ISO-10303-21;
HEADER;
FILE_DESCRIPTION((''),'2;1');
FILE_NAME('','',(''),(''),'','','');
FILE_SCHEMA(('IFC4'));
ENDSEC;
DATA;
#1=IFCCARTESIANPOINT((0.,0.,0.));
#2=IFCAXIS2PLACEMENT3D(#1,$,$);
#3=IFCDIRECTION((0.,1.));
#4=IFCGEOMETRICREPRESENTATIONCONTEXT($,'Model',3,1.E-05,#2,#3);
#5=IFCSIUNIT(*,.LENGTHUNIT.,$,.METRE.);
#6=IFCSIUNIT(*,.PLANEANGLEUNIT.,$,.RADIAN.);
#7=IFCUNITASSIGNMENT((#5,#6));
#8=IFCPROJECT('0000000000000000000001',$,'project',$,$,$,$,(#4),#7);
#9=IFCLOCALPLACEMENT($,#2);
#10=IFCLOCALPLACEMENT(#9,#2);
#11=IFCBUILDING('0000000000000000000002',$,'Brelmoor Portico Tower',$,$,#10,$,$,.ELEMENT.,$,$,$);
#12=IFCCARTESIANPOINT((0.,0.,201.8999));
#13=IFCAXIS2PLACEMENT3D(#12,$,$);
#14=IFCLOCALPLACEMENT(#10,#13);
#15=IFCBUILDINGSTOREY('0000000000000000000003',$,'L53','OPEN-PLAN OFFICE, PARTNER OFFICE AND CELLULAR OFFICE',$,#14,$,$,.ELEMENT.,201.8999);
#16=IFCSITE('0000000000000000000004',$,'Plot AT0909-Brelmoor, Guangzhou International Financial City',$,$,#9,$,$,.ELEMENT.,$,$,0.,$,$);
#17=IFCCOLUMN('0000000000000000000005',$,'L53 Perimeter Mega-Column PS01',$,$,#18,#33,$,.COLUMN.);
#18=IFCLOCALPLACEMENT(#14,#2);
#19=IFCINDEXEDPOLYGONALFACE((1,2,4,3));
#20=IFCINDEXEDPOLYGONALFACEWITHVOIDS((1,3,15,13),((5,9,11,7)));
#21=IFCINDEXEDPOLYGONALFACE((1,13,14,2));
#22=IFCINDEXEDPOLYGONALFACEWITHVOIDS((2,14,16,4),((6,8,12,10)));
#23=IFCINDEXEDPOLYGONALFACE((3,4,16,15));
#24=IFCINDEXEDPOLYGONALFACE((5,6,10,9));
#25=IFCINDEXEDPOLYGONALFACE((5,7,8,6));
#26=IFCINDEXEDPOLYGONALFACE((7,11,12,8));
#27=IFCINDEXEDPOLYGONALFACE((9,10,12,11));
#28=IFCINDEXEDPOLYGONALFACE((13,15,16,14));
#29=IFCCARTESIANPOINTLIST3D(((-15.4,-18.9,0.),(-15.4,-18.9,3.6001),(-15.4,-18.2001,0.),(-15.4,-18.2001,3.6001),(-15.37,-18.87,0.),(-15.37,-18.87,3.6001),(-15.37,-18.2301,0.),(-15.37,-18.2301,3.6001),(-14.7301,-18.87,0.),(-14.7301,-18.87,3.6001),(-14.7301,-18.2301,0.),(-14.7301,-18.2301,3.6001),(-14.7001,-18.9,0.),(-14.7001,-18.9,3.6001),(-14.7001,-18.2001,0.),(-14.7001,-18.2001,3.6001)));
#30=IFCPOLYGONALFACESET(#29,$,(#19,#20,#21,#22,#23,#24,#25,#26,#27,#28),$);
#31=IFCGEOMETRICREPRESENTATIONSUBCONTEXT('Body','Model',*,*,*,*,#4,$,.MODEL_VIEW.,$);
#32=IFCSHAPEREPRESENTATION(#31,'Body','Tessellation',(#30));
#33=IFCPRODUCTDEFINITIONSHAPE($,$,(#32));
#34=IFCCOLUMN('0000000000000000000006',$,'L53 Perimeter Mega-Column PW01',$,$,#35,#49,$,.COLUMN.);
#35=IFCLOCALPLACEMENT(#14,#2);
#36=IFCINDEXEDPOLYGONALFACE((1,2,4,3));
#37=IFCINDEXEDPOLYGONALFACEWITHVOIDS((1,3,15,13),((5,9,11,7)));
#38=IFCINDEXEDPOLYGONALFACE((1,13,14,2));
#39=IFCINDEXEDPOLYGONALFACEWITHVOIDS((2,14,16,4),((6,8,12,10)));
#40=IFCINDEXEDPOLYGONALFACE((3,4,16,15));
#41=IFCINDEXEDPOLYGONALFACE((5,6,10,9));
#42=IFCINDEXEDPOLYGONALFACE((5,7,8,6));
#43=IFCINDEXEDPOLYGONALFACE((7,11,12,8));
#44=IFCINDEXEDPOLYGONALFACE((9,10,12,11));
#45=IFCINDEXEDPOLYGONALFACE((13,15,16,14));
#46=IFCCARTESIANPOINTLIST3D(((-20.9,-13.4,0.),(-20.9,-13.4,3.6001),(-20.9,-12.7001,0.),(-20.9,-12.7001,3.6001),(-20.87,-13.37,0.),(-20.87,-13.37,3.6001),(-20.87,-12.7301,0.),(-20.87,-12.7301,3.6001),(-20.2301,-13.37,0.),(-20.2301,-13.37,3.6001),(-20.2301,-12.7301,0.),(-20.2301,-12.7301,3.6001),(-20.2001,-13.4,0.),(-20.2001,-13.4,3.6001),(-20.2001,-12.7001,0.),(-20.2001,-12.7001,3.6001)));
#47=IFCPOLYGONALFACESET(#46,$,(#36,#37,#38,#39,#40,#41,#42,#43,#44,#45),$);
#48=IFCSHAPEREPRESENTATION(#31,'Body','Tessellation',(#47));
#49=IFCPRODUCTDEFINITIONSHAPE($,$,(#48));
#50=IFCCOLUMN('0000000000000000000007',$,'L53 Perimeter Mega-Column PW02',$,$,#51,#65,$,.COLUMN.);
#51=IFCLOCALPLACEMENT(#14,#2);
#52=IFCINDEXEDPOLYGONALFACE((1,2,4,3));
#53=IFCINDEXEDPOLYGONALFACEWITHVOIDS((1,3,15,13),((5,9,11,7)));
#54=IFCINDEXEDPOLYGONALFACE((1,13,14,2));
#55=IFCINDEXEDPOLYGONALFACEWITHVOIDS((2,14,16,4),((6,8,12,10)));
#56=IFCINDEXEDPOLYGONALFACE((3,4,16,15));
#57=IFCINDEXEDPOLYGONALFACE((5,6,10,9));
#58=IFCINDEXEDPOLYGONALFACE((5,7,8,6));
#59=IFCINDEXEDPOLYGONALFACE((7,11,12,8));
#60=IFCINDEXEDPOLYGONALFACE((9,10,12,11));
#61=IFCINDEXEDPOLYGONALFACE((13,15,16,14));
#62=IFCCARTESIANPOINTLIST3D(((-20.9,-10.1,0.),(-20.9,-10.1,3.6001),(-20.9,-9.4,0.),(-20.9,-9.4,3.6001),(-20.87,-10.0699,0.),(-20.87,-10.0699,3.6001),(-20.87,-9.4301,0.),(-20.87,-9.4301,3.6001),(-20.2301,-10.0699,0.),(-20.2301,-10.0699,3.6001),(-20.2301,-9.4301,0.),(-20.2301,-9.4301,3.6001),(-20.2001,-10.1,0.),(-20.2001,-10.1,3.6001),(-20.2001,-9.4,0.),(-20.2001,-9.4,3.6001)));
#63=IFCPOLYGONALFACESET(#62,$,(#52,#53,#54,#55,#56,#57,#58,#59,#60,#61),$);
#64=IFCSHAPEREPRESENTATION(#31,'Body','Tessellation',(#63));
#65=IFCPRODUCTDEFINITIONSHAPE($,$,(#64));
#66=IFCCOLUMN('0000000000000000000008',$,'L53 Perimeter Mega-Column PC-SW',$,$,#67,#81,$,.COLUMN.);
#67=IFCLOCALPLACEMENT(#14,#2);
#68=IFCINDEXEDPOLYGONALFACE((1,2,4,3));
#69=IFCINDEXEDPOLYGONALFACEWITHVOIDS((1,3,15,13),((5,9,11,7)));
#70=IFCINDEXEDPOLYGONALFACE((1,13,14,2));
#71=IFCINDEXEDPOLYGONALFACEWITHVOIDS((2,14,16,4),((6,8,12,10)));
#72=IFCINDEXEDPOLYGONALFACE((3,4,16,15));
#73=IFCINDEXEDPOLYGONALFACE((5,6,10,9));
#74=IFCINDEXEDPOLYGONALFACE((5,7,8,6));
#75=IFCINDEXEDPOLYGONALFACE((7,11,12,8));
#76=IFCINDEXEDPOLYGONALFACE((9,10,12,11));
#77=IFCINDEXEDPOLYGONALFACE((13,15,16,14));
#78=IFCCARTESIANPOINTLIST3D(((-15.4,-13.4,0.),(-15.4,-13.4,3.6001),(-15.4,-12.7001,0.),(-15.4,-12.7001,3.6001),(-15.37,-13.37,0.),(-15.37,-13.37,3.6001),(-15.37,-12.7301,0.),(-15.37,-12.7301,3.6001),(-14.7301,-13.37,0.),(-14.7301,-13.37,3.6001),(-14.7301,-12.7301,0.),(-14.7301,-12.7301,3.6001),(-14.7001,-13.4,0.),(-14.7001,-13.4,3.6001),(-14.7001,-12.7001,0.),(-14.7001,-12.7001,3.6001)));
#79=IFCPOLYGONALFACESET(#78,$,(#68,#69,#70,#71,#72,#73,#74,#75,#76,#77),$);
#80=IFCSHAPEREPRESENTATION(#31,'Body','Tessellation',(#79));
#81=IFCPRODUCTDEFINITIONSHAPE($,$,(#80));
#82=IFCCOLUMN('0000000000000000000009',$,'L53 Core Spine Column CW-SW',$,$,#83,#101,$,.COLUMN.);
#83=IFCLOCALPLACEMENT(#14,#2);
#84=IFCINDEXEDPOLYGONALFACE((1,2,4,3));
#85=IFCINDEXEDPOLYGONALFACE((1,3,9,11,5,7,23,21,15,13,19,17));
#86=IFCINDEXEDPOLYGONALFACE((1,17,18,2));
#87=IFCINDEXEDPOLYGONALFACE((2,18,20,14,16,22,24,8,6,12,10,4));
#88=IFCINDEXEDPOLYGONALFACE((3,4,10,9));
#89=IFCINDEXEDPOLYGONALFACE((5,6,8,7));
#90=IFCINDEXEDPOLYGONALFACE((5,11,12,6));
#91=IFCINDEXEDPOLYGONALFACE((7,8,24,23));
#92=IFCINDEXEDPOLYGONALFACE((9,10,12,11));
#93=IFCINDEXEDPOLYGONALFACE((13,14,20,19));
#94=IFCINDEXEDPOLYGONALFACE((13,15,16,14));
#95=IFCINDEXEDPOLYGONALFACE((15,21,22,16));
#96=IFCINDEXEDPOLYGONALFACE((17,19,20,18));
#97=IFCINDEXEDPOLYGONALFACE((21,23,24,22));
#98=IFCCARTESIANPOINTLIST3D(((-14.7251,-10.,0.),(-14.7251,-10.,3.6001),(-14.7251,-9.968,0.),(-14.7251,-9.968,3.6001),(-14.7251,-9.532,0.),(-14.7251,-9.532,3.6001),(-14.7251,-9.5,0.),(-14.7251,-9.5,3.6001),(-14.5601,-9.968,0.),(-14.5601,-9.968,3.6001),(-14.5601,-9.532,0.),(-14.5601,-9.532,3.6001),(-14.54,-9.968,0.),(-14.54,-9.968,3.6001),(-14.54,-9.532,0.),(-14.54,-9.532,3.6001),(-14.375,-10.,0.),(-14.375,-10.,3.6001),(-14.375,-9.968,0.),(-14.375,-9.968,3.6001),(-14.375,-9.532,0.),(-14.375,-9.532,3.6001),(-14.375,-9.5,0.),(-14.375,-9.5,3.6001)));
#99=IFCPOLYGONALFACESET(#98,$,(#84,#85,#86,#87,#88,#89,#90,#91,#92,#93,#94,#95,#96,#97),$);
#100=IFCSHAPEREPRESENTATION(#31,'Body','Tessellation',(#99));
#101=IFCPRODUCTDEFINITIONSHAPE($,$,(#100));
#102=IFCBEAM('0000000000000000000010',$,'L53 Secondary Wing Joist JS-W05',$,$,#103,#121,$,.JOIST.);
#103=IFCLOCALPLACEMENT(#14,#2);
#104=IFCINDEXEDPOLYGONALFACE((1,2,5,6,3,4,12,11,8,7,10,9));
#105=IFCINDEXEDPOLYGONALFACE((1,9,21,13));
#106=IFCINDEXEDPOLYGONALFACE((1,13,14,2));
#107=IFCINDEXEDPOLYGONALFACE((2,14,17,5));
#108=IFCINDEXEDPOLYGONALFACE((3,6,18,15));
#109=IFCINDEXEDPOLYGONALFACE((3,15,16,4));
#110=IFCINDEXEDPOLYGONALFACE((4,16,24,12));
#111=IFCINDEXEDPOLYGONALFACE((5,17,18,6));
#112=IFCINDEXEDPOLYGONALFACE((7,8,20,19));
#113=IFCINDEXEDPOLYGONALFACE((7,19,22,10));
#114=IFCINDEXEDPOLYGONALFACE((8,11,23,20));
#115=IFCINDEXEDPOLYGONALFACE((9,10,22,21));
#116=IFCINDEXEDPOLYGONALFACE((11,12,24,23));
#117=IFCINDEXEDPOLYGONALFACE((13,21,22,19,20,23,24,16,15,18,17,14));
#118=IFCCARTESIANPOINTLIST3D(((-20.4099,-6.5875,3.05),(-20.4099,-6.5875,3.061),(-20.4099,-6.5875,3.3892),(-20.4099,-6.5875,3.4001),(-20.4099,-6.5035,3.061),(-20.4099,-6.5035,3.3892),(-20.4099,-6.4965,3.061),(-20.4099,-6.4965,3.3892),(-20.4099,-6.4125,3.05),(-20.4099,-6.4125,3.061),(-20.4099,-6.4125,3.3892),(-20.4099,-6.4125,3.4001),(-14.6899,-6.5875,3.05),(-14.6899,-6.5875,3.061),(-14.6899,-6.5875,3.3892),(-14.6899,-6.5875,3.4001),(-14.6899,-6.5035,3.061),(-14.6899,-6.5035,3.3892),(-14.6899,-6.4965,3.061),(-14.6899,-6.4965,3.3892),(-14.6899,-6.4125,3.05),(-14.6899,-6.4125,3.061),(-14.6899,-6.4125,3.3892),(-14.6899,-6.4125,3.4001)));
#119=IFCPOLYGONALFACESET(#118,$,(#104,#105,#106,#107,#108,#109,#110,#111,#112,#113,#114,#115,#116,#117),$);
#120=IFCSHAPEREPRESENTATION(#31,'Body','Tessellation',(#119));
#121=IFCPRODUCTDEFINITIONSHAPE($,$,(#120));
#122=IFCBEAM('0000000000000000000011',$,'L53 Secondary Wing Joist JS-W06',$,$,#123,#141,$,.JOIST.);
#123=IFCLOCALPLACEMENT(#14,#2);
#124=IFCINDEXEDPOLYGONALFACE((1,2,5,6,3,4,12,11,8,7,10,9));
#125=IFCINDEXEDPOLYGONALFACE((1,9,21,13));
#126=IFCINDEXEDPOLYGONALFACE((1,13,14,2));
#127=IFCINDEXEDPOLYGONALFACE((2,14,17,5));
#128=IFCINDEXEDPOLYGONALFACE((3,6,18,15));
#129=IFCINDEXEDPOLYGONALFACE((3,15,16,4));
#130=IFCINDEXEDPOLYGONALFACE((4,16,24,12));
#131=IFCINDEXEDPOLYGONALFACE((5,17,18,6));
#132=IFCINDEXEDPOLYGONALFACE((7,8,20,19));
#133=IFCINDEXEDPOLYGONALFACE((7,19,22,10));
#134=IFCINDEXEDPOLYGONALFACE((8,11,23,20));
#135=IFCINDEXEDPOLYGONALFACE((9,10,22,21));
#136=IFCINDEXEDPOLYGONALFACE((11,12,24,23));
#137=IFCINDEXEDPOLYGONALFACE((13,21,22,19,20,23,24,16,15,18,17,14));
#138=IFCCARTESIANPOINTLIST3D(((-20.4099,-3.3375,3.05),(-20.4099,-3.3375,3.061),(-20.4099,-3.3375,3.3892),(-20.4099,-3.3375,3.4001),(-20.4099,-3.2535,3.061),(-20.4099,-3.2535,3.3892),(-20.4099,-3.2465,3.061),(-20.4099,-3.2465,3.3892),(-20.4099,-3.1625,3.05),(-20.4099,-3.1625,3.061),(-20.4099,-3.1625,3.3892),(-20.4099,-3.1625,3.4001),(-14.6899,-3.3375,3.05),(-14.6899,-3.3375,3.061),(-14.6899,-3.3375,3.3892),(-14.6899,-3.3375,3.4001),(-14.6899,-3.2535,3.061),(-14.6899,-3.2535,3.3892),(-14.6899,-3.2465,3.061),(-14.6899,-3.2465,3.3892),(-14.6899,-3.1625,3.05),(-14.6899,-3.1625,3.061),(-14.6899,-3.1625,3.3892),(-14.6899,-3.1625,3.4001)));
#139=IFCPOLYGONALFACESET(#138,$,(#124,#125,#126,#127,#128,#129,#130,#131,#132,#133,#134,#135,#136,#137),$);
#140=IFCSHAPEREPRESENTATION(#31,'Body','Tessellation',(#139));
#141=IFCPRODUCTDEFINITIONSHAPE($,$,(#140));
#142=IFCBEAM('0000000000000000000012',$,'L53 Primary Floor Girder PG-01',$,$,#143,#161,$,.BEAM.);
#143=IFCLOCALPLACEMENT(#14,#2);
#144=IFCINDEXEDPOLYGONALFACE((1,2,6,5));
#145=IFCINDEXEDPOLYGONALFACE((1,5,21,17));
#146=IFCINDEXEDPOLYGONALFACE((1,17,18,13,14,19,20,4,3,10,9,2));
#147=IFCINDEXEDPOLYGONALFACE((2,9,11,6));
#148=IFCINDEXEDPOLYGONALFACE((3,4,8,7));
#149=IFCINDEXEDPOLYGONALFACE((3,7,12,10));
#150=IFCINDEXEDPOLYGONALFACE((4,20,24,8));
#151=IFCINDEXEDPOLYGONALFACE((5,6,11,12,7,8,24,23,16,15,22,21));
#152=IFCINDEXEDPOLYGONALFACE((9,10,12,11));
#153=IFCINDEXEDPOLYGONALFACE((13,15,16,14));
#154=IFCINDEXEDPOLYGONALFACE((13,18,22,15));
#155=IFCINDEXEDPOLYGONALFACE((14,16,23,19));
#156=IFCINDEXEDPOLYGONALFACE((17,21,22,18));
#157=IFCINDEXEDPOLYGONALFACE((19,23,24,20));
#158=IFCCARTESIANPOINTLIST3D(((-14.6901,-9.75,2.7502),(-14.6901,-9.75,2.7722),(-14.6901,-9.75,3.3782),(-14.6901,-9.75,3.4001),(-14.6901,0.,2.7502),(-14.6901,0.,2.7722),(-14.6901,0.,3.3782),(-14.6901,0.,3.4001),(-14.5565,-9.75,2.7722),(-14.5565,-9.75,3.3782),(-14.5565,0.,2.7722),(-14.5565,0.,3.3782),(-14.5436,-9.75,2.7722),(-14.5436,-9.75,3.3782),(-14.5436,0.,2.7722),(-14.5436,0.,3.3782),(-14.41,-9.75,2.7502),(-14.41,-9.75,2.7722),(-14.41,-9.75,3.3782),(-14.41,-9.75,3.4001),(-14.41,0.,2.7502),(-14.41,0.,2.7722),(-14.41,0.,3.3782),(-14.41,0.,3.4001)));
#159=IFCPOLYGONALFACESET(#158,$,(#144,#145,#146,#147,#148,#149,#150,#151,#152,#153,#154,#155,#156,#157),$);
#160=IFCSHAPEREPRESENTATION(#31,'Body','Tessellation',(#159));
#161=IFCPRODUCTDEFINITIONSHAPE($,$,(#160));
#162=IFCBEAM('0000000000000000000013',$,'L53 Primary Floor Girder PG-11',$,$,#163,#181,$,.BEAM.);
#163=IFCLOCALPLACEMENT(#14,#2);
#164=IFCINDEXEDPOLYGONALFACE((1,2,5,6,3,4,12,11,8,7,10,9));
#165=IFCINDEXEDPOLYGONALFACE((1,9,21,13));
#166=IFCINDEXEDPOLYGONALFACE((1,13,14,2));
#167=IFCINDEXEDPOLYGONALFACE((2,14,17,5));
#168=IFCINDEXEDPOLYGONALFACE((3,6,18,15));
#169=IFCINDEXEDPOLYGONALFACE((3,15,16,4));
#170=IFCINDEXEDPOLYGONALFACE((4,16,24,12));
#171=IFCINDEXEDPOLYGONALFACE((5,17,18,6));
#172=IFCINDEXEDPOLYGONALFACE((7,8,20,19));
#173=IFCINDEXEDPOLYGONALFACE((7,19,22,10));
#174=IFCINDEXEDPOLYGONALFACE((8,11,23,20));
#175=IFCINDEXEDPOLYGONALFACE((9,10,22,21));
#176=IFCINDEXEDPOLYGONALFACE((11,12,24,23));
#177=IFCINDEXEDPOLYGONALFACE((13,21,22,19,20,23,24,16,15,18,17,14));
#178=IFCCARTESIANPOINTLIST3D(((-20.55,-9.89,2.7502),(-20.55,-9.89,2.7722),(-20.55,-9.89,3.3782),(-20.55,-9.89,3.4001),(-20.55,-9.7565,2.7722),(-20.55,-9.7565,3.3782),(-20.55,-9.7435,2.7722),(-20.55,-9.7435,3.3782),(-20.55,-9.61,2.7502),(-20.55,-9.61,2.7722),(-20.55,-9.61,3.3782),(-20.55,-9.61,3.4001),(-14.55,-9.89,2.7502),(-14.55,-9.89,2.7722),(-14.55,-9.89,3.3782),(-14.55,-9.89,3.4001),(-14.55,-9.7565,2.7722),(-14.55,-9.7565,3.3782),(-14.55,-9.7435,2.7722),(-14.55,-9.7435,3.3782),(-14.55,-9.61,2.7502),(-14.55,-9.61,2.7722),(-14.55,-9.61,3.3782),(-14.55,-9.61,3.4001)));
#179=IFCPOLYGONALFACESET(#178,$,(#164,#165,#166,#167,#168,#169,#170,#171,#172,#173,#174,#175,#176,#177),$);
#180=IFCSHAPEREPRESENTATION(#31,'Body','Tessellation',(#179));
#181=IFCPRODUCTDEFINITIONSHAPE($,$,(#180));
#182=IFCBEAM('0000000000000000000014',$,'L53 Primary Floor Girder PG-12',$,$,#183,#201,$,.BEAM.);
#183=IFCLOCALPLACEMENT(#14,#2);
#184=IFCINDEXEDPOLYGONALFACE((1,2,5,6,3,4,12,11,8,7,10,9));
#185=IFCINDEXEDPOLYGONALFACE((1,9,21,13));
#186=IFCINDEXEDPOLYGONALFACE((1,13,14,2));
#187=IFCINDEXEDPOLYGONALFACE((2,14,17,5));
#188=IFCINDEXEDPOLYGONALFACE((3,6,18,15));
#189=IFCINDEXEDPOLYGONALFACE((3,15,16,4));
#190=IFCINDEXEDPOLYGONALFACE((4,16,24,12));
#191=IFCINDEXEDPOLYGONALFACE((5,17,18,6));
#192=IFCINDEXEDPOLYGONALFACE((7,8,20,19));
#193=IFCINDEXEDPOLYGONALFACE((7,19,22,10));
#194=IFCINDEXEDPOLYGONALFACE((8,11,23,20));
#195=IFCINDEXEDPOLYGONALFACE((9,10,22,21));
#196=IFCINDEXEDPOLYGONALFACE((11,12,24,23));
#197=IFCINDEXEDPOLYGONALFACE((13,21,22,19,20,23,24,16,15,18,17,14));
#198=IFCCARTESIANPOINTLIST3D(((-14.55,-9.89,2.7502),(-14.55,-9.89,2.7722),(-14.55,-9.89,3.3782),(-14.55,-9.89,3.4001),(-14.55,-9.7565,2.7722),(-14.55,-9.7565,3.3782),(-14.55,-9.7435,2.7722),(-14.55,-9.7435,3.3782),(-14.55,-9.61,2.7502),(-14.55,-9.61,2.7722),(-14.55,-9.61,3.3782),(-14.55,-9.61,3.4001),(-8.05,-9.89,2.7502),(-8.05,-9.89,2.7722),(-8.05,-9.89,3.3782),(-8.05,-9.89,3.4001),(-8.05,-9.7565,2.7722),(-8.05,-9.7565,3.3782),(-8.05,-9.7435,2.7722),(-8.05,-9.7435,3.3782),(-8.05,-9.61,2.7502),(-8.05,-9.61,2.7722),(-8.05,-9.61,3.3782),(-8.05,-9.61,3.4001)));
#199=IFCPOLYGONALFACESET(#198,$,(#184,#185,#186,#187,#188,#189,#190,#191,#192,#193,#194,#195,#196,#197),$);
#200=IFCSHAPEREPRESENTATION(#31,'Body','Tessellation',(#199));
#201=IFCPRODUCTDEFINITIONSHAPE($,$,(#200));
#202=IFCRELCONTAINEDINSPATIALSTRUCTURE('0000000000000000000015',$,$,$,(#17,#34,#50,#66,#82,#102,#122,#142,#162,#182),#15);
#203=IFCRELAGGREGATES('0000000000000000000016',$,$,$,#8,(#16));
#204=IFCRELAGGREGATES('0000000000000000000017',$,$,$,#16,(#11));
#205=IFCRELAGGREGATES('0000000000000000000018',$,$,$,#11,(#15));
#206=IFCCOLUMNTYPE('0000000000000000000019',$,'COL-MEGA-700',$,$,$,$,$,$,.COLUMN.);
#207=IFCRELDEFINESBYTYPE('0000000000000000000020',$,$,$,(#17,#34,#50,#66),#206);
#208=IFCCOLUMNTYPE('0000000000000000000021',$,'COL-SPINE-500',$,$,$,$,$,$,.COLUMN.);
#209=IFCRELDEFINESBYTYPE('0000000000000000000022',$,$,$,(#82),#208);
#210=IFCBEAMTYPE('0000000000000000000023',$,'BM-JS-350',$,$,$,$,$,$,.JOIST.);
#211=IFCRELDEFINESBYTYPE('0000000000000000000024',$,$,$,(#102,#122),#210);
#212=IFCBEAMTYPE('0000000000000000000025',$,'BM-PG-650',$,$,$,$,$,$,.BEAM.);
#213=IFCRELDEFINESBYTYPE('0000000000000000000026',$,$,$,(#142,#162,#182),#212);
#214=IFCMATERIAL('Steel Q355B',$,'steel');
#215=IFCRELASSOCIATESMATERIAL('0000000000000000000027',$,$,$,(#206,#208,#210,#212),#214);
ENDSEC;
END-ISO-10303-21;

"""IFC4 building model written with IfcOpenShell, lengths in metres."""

from ifc_helpers import new_model, si_unit, direction, frame, origin, origin_2d, place, context, subcontext, project, spatial, hollow_rectangle, i_section, extrude, material, material_profile, profile_set, type_object, element, save


model = new_model("IFC4")

# Units and contexts
model_context = context("Model", 3, precision=1e-05, world=origin(), true_north=direction((0.0, 1.0)))
body_context = subcontext(model_context, "Body", "Model", "MODEL_VIEW")
ifc_project = project(units=[si_unit("LENGTHUNIT", "METRE"), si_unit("PLANEANGLEUNIT", "RADIAN")], contexts=[model_context])

# Site, building, storey
site_placement = place(None, origin())
site = spatial("IfcSite", under=ifc_project, at=site_placement, Name="Plot AT0909-Brelmoor, Guangzhou International Financial City", CompositionType="ELEMENT", RefElevation=0.0)
building_placement = place(site_placement, origin())
building = spatial("IfcBuilding", under=site, at=building_placement, Name="Brelmoor Portico Tower", CompositionType="ELEMENT")
storey_placement = place(building_placement, frame((0.0, 0.0, 201.8999)))
storey = spatial("IfcBuildingStorey", under=building, at=storey_placement, Name="L53", Description="OPEN-PLAN OFFICE, PARTNER OFFICE AND CELLULAR OFFICE", CompositionType="ELEMENT", Elevation=201.8999)

# Columns
ifc_material_1 = material(Name="Steel Q355B", Category="steel")
ifc_material_profile_1 = material_profile(ifc_material_1, hollow_rectangle(XDim=0.7, YDim=0.7, WallThickness=0.03, at=origin_2d()), Name="BOX 700x700x30")
ifc_profile_set_1 = profile_set([ifc_material_profile_1], Name="Steel Q355B")
column_type_1 = type_object("IfcColumnType", Name="COL-MEGA-700", PredefinedType="COLUMN", material=ifc_profile_set_1)
for number, where, z_axis, x_axis, name in (
    (1, (-15.05, -18.55, 0.0), (0.0, 0.0, 1.0), (1.0, 0.0, 0.0), "L53 Perimeter Mega-Column PS01"),
    (2, (-20.55, -13.05, 0.0), (0.0, 0.0, 1.0), (0.0, 1.0, 0.0), "L53 Perimeter Mega-Column PW01"),
    (3, (-20.55, -9.75, 0.0), (0.0, 0.0, 1.0), (0.0, 1.0, 0.0), "L53 Perimeter Mega-Column PW02"),
    (4, (-15.05, -13.05, 0.0), (0.0, 0.0, 1.0), (1.0, 0.0, 0.0), "L53 Perimeter Mega-Column PC-SW"),
):
    element("IfcColumn", number, at=place(storey_placement, frame(where, z_axis=z_axis, x_axis=x_axis)), inside=storey, type_object=column_type_1, Name=name, PredefinedType="COLUMN", context=body_context, shape_type="SweptSolid", body=[
        extrude(hollow_rectangle(XDim=0.7, YDim=0.7, WallThickness=0.03, at=origin_2d()), origin(), (0.0, 0.0, 1.0), 3.6001),
    ])
ifc_material_profile_2 = material_profile(ifc_material_1, i_section(OverallWidth=0.3501, OverallDepth=0.5, WebThickness=0.02, FlangeThickness=0.032, at=origin_2d()), Name="HW 500x350x20x32")
ifc_profile_set_2 = profile_set([ifc_material_profile_2], Name="Steel Q355B")
column_type_2 = type_object("IfcColumnType", Name="COL-SPINE-500", PredefinedType="COLUMN", material=ifc_profile_set_2)
column_placement = place(storey_placement, frame((-14.55, -9.75, 0.0), z_axis=(0.0, 0.0, 1.0), x_axis=(1.0, 0.0, 0.0)))
element("IfcColumn", 5, at=column_placement, inside=storey, type_object=column_type_2, Name="L53 Core Spine Column CW-SW", PredefinedType="COLUMN", context=body_context, shape_type="SweptSolid", body=[
    extrude(i_section(OverallWidth=0.3501, OverallDepth=0.5, WebThickness=0.02, FlangeThickness=0.032, at=origin_2d()), origin(), (0.0, 0.0, 1.0), 3.6001),
])

# Beams
ifc_material_profile_3 = material_profile(ifc_material_1, i_section(OverallWidth=0.175, OverallDepth=0.3501, WebThickness=0.0071, FlangeThickness=0.011, at=origin_2d()), Name="HN 350x175x7x11")
ifc_profile_set_3 = profile_set([ifc_material_profile_3], Name="Steel Q355B")
beam_type_1 = type_object("IfcBeamType", Name="BM-JS-350", PredefinedType="JOIST", material=ifc_profile_set_3)
for number, where, z_axis, x_axis, name in (
    (6, (-20.4099, -6.5, 3.2251), (1.0, 0.0, 0.0), (0.0, 1.0, 0.0), "L53 Secondary Wing Joist JS-W05"),
    (7, (-20.4099, -3.25, 3.2251), (1.0, 0.0, 0.0), (0.0, 1.0, 0.0), "L53 Secondary Wing Joist JS-W06"),
):
    element("IfcBeam", number, at=place(storey_placement, frame(where, z_axis=z_axis, x_axis=x_axis)), inside=storey, type_object=beam_type_1, Name=name, PredefinedType="JOIST", context=body_context, shape_type="SweptSolid", body=[
        extrude(i_section(OverallWidth=0.175, OverallDepth=0.3501, WebThickness=0.0071, FlangeThickness=0.011, at=origin_2d()), origin(), (0.0, 0.0, 1.0), 5.72),
    ])
ifc_material_profile_4 = material_profile(ifc_material_1, i_section(OverallWidth=0.28, OverallDepth=0.6499, WebThickness=0.0129, FlangeThickness=0.022, at=origin_2d()), Name="HN 650x280x13x22")
ifc_profile_set_4 = profile_set([ifc_material_profile_4], Name="Steel Q355B")
beam_type_2 = type_object("IfcBeamType", Name="BM-PG-650", PredefinedType="BEAM", material=ifc_profile_set_4)
beam_1_placement = place(storey_placement, frame((-14.55, -9.75, 3.0752), z_axis=(0.0, 1.0, 0.0), x_axis=(-1.0, 0.0, 0.0)))
element("IfcBeam", 8, at=beam_1_placement, inside=storey, type_object=beam_type_2, Name="L53 Primary Floor Girder PG-01", PredefinedType="BEAM", context=body_context, shape_type="SweptSolid", body=[
    extrude(i_section(OverallWidth=0.28, OverallDepth=0.6499, WebThickness=0.0129, FlangeThickness=0.022, at=origin_2d()), origin(), (0.0, 0.0, 1.0), 9.75),
])
beam_2_placement = place(storey_placement, frame((-20.55, -9.75, 3.0752), z_axis=(1.0, 0.0, 0.0), x_axis=(0.0, 1.0, 0.0)))
element("IfcBeam", 9, at=beam_2_placement, inside=storey, type_object=beam_type_2, Name="L53 Primary Floor Girder PG-11", PredefinedType="BEAM", context=body_context, shape_type="SweptSolid", body=[
    extrude(i_section(OverallWidth=0.28, OverallDepth=0.6499, WebThickness=0.0129, FlangeThickness=0.022, at=origin_2d()), origin(), (0.0, 0.0, 1.0), 6.0),
])
beam_3_placement = place(storey_placement, frame((-14.55, -9.75, 3.0752), z_axis=(1.0, 0.0, 0.0), x_axis=(0.0, 1.0, 0.0)))
element("IfcBeam", 10, at=beam_3_placement, inside=storey, type_object=beam_type_2, Name="L53 Primary Floor Girder PG-12", PredefinedType="BEAM", context=body_context, shape_type="SweptSolid", body=[
    extrude(i_section(OverallWidth=0.28, OverallDepth=0.6499, WebThickness=0.0129, FlangeThickness=0.022, at=origin_2d()), origin(), (0.0, 0.0, 1.0), 6.5),
])

save(model, "model.ifc")
